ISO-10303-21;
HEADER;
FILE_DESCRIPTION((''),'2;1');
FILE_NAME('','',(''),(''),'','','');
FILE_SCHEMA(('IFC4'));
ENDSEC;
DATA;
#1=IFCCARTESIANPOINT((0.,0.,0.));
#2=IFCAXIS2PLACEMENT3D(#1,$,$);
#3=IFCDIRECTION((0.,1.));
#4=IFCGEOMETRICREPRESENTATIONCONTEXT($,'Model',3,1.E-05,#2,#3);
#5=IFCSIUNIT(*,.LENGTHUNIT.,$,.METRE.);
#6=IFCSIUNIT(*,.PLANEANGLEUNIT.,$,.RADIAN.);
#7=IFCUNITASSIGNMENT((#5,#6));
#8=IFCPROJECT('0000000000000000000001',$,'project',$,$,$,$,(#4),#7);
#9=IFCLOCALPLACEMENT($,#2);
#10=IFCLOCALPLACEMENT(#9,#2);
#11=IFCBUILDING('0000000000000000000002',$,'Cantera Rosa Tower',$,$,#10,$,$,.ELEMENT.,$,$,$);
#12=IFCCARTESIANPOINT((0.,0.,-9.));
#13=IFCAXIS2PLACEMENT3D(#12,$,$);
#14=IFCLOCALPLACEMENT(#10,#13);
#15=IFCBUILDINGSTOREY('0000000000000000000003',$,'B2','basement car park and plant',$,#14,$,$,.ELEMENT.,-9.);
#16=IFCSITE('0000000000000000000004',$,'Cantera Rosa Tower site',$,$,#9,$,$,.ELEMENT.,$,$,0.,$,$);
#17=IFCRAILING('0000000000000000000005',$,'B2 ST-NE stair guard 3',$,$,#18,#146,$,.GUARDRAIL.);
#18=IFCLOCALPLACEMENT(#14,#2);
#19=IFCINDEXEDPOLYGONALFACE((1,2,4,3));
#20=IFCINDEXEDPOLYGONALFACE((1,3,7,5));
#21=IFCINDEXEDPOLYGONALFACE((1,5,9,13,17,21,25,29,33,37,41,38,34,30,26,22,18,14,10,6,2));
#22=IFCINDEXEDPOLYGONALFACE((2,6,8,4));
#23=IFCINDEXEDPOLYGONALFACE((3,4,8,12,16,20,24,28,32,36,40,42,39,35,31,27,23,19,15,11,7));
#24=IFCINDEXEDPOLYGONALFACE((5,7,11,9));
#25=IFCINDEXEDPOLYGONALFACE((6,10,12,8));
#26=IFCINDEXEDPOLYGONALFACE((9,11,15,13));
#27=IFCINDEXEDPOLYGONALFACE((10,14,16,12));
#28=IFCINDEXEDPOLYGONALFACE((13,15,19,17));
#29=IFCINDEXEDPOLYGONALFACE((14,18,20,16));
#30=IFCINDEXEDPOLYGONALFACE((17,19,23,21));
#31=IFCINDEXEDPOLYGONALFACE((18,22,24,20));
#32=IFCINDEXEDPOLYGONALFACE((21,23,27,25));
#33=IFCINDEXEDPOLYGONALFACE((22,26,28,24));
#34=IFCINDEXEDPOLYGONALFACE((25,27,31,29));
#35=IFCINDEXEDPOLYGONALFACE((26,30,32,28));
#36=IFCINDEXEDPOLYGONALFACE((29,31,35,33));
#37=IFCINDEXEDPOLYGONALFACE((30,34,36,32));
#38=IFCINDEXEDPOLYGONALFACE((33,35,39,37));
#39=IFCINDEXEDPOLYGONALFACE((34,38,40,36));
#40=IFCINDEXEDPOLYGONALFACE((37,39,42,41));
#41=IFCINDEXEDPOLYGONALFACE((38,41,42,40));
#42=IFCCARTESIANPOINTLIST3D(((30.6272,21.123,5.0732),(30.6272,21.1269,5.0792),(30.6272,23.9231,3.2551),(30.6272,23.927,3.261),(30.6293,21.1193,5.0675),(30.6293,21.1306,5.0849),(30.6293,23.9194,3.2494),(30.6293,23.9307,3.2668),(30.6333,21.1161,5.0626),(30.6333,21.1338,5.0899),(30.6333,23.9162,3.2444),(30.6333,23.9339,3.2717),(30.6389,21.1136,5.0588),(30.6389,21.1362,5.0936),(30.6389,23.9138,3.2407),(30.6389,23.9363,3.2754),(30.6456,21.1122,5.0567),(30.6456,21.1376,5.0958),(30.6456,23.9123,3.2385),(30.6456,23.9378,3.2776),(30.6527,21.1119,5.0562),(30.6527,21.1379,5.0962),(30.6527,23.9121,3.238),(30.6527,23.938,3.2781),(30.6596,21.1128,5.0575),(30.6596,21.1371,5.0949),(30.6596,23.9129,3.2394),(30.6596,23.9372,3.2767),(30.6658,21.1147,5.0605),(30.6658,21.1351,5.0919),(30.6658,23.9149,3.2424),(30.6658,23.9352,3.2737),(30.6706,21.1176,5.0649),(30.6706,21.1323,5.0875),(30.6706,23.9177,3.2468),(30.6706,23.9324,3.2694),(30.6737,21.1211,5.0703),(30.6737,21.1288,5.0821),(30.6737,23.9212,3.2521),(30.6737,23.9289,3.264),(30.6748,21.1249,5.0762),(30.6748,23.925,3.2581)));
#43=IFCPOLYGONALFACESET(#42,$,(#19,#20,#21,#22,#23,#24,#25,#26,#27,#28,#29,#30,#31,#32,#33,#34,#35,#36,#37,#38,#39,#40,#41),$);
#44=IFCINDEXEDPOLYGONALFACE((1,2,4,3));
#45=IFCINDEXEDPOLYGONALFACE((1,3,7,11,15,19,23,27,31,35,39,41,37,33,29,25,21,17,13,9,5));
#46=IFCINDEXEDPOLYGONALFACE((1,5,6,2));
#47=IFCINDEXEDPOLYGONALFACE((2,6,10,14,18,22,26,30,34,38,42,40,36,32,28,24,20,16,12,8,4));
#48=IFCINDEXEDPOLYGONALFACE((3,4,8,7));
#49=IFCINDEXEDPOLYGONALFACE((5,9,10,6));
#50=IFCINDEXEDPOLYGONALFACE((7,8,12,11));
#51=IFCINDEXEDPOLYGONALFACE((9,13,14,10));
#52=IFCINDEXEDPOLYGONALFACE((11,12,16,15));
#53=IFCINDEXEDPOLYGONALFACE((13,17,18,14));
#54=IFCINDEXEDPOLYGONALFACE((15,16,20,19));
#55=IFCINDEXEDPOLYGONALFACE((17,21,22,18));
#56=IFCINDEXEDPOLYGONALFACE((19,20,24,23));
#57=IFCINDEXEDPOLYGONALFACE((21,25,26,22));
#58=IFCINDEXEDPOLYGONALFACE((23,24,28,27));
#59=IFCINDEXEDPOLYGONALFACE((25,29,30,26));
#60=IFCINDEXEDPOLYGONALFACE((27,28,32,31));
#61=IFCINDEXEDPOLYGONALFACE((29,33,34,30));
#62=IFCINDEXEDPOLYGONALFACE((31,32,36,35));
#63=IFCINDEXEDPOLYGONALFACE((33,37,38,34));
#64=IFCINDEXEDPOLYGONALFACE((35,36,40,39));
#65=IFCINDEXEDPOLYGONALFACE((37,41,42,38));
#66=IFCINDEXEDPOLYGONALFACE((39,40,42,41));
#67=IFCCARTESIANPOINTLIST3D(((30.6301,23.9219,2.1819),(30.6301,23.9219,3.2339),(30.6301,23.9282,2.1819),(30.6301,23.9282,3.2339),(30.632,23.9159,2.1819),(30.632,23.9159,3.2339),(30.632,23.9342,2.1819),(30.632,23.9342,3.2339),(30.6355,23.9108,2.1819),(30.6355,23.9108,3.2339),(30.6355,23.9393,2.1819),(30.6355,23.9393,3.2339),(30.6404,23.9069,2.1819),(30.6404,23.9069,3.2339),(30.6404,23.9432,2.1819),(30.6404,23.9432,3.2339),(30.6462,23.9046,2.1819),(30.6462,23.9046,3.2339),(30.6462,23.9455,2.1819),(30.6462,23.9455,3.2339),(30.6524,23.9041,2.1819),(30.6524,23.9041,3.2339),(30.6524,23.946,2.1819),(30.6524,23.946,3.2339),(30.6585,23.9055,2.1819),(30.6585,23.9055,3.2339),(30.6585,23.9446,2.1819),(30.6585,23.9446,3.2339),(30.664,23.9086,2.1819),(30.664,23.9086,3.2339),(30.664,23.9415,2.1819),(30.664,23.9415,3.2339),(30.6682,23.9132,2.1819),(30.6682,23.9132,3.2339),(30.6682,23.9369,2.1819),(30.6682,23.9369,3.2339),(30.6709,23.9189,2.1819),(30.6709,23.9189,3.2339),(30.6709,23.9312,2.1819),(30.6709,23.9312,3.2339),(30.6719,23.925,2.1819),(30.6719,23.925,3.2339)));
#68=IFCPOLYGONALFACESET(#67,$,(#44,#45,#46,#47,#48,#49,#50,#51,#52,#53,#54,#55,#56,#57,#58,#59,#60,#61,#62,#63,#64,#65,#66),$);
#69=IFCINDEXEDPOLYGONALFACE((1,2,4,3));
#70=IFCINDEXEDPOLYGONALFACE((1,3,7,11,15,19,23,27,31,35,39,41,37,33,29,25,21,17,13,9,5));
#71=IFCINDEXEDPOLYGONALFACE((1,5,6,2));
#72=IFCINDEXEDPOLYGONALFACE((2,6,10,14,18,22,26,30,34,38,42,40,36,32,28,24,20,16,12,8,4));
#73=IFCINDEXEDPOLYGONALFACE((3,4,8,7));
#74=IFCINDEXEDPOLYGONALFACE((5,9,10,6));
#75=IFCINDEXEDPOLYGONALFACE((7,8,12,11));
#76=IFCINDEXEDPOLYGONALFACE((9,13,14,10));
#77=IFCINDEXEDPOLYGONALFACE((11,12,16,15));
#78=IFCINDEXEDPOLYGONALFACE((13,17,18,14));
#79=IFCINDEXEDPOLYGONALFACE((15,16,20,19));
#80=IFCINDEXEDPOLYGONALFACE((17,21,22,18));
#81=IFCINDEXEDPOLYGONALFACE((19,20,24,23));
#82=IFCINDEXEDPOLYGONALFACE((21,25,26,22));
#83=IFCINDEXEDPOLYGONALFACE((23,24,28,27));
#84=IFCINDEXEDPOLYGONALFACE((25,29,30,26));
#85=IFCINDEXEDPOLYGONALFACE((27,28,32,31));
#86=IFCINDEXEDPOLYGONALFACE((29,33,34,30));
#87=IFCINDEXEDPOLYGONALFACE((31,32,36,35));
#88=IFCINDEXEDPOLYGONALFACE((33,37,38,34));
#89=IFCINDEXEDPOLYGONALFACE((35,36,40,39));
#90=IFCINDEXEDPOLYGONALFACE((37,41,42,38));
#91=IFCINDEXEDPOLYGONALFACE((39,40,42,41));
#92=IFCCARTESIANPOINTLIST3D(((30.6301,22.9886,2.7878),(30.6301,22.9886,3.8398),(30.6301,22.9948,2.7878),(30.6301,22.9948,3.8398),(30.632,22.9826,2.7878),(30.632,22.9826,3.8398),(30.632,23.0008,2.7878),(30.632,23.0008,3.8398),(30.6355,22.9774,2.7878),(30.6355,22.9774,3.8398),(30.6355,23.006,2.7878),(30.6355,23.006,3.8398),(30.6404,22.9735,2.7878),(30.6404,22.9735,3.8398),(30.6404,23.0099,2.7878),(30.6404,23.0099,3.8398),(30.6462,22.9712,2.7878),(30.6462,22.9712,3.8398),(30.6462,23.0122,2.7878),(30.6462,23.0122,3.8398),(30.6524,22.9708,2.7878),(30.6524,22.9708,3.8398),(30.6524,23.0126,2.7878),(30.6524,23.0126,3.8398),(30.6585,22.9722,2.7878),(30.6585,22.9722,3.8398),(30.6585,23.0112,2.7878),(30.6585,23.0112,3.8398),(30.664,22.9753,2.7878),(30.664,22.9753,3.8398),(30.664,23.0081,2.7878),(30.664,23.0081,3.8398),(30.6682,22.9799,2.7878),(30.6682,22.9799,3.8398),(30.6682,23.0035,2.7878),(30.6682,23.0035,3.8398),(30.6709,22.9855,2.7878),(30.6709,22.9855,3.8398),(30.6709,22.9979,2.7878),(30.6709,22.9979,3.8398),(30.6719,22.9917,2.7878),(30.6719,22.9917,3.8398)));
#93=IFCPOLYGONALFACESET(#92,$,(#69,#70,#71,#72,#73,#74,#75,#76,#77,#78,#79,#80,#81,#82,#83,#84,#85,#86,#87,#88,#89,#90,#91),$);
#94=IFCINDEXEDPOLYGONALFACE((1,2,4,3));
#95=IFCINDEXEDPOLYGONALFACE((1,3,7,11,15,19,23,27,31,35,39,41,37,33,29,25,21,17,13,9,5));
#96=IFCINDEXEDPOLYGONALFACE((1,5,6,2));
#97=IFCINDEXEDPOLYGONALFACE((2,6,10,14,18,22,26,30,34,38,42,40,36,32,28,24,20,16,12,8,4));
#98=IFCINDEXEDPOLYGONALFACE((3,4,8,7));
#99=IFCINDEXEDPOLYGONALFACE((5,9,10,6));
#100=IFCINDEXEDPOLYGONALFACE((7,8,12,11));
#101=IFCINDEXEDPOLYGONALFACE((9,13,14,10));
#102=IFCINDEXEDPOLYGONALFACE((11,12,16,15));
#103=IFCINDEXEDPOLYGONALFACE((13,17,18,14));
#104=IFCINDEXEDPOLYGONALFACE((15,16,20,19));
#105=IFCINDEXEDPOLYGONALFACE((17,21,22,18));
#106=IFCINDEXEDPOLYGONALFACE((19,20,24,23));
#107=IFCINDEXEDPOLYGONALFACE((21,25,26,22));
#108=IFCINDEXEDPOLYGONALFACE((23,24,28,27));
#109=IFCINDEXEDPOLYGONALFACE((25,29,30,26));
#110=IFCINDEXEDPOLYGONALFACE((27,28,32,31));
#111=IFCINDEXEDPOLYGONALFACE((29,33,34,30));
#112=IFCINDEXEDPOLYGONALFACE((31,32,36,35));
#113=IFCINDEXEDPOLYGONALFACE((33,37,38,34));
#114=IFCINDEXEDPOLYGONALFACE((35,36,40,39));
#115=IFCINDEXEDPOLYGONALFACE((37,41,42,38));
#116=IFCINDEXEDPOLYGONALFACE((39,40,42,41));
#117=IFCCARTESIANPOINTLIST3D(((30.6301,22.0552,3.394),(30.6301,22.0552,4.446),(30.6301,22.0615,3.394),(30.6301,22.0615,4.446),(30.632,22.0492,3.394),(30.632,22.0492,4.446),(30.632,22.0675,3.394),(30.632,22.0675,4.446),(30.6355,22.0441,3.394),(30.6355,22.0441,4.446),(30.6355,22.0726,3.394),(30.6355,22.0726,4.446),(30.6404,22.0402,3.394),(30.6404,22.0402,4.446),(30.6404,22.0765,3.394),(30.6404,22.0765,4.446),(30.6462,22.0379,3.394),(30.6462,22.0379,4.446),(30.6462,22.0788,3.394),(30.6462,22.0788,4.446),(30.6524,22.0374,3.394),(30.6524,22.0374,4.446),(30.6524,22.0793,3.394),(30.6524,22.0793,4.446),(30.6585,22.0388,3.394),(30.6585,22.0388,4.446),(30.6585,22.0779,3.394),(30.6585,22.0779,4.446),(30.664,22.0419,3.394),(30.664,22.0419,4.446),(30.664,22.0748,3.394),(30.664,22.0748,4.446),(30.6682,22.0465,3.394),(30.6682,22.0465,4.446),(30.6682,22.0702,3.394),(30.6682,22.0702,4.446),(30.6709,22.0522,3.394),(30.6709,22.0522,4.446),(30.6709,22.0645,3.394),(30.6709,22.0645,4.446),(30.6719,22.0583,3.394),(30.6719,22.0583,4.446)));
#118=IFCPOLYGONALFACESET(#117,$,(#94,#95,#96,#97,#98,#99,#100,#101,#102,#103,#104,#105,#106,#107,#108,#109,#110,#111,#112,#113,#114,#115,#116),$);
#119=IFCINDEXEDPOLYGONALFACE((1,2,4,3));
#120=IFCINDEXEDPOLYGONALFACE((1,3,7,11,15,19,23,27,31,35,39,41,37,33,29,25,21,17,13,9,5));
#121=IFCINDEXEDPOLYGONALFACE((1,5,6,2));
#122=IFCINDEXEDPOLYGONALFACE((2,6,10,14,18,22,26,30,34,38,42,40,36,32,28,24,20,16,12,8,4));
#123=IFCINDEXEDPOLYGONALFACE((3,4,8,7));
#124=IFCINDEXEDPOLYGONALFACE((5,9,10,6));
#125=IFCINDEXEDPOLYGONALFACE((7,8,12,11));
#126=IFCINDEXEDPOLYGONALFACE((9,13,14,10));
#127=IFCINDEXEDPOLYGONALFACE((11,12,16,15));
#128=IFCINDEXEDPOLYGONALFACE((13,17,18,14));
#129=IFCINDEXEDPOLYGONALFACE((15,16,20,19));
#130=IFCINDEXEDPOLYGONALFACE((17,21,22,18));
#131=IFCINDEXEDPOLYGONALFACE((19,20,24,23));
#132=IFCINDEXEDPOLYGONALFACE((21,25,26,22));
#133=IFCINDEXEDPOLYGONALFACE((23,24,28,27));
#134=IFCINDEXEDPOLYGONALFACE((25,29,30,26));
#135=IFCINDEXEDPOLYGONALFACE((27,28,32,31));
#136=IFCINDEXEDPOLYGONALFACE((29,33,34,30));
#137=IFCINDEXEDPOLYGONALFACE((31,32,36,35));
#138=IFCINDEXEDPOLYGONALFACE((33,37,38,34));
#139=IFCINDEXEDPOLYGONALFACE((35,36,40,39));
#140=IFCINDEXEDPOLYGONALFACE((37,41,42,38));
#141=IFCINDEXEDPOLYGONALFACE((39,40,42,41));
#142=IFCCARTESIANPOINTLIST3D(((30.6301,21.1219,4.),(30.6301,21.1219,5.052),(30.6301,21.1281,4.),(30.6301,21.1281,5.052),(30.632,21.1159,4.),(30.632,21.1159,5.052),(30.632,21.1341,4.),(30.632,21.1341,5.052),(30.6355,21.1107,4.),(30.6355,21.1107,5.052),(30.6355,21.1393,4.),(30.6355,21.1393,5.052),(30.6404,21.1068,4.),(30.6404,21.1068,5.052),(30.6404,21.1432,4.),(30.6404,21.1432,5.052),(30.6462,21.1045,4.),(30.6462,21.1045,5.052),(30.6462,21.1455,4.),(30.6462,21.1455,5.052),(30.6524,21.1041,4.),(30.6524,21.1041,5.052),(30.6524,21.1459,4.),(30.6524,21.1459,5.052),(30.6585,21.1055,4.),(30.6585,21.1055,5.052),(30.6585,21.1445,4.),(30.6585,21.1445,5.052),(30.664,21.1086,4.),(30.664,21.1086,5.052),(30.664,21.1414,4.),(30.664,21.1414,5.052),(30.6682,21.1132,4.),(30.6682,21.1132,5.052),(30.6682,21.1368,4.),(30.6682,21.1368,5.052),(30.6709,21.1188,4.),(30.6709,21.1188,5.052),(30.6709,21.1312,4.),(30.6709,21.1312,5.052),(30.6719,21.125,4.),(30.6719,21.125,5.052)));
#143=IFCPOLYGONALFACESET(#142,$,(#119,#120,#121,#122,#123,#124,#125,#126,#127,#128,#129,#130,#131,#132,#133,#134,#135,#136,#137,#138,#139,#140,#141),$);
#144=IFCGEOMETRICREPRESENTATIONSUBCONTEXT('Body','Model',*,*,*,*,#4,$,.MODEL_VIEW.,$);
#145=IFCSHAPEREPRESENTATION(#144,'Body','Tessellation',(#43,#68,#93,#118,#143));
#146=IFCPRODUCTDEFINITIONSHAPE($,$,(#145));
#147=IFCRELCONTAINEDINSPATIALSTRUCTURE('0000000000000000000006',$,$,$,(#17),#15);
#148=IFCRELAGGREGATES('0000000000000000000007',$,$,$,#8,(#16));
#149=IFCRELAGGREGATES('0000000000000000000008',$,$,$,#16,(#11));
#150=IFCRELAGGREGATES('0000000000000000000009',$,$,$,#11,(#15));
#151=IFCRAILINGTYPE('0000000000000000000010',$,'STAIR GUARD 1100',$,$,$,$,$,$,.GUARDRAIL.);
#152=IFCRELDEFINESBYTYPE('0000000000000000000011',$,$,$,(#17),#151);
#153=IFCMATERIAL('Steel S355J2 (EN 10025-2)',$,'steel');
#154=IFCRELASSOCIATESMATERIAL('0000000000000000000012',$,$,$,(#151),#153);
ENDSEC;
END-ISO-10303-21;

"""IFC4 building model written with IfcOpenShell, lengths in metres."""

from ifc_helpers import new_model, si_unit, direction, frame, origin, origin_2d, place, context, subcontext, project, spatial, circle, extrude, material, type_object, element, save


model = new_model("IFC4")

# Units and contexts
model_context = context("Model", 3, precision=1e-05, world=origin(), true_north=direction((0.0, 1.0)))
body_context = subcontext(model_context, "Body", "Model", "MODEL_VIEW")
ifc_project = project(units=[si_unit("LENGTHUNIT", "METRE"), si_unit("PLANEANGLEUNIT", "RADIAN")], contexts=[model_context])

# Site, building, storey
site_placement = place(None, origin())
site = spatial("IfcSite", under=ifc_project, at=site_placement, Name="Cantera Rosa Tower site", CompositionType="ELEMENT", RefElevation=0.0)
building_placement = place(site_placement, origin())
building = spatial("IfcBuilding", under=site, at=building_placement, Name="Cantera Rosa Tower", CompositionType="ELEMENT")
storey_placement = place(building_placement, frame((0.0, 0.0, -9.0)))
storey = spatial("IfcBuildingStorey", under=building, at=storey_placement, Name="B2", Description="basement car park and plant", CompositionType="ELEMENT", Elevation=-9.0)

# Railing
ifc_material_1 = material(Name="Steel S355J2 (EN 10025-2)", Category="steel")
railing_type_1 = type_object("IfcRailingType", Name="STAIR GUARD 1100", PredefinedType="GUARDRAIL", material=ifc_material_1)
railing_1_placement = place(storey_placement, frame((30.6509, 23.925, 2.1819)))
element("IfcRailing", 1, at=railing_1_placement, inside=storey, type_object=railing_type_1, Name="B2 ST-NE stair guard 3", PredefinedType="GUARDRAIL", context=body_context, shape_type="SweptSolid", body=[
    extrude(circle(Radius=0.0239, at=origin_2d()), frame((0.0, 0.0, 1.0762), z_axis=(0.0, -0.838706, 0.544585), x_axis=(1.0, 0.0, 0.0)), (0.0, 0.0, 1.0), 3.3386),
    extrude(circle(Radius=0.021, at=origin_2d()), origin(), (0.0, 0.0, 1.0), 1.052),
    extrude(circle(Radius=0.021, at=origin_2d()), frame((0.0, -0.9333, 0.606)), (0.0, 0.0, 1.0), 1.052),
    extrude(circle(Radius=0.021, at=origin_2d()), frame((0.0, -1.8667, 1.2122)), (0.0, 0.0, 1.0), 1.052),
    extrude(circle(Radius=0.021, at=origin_2d()), frame((0.0, -2.8, 1.8181)), (0.0, 0.0, 1.0), 1.052),
])

save(model, "model.ifc")
